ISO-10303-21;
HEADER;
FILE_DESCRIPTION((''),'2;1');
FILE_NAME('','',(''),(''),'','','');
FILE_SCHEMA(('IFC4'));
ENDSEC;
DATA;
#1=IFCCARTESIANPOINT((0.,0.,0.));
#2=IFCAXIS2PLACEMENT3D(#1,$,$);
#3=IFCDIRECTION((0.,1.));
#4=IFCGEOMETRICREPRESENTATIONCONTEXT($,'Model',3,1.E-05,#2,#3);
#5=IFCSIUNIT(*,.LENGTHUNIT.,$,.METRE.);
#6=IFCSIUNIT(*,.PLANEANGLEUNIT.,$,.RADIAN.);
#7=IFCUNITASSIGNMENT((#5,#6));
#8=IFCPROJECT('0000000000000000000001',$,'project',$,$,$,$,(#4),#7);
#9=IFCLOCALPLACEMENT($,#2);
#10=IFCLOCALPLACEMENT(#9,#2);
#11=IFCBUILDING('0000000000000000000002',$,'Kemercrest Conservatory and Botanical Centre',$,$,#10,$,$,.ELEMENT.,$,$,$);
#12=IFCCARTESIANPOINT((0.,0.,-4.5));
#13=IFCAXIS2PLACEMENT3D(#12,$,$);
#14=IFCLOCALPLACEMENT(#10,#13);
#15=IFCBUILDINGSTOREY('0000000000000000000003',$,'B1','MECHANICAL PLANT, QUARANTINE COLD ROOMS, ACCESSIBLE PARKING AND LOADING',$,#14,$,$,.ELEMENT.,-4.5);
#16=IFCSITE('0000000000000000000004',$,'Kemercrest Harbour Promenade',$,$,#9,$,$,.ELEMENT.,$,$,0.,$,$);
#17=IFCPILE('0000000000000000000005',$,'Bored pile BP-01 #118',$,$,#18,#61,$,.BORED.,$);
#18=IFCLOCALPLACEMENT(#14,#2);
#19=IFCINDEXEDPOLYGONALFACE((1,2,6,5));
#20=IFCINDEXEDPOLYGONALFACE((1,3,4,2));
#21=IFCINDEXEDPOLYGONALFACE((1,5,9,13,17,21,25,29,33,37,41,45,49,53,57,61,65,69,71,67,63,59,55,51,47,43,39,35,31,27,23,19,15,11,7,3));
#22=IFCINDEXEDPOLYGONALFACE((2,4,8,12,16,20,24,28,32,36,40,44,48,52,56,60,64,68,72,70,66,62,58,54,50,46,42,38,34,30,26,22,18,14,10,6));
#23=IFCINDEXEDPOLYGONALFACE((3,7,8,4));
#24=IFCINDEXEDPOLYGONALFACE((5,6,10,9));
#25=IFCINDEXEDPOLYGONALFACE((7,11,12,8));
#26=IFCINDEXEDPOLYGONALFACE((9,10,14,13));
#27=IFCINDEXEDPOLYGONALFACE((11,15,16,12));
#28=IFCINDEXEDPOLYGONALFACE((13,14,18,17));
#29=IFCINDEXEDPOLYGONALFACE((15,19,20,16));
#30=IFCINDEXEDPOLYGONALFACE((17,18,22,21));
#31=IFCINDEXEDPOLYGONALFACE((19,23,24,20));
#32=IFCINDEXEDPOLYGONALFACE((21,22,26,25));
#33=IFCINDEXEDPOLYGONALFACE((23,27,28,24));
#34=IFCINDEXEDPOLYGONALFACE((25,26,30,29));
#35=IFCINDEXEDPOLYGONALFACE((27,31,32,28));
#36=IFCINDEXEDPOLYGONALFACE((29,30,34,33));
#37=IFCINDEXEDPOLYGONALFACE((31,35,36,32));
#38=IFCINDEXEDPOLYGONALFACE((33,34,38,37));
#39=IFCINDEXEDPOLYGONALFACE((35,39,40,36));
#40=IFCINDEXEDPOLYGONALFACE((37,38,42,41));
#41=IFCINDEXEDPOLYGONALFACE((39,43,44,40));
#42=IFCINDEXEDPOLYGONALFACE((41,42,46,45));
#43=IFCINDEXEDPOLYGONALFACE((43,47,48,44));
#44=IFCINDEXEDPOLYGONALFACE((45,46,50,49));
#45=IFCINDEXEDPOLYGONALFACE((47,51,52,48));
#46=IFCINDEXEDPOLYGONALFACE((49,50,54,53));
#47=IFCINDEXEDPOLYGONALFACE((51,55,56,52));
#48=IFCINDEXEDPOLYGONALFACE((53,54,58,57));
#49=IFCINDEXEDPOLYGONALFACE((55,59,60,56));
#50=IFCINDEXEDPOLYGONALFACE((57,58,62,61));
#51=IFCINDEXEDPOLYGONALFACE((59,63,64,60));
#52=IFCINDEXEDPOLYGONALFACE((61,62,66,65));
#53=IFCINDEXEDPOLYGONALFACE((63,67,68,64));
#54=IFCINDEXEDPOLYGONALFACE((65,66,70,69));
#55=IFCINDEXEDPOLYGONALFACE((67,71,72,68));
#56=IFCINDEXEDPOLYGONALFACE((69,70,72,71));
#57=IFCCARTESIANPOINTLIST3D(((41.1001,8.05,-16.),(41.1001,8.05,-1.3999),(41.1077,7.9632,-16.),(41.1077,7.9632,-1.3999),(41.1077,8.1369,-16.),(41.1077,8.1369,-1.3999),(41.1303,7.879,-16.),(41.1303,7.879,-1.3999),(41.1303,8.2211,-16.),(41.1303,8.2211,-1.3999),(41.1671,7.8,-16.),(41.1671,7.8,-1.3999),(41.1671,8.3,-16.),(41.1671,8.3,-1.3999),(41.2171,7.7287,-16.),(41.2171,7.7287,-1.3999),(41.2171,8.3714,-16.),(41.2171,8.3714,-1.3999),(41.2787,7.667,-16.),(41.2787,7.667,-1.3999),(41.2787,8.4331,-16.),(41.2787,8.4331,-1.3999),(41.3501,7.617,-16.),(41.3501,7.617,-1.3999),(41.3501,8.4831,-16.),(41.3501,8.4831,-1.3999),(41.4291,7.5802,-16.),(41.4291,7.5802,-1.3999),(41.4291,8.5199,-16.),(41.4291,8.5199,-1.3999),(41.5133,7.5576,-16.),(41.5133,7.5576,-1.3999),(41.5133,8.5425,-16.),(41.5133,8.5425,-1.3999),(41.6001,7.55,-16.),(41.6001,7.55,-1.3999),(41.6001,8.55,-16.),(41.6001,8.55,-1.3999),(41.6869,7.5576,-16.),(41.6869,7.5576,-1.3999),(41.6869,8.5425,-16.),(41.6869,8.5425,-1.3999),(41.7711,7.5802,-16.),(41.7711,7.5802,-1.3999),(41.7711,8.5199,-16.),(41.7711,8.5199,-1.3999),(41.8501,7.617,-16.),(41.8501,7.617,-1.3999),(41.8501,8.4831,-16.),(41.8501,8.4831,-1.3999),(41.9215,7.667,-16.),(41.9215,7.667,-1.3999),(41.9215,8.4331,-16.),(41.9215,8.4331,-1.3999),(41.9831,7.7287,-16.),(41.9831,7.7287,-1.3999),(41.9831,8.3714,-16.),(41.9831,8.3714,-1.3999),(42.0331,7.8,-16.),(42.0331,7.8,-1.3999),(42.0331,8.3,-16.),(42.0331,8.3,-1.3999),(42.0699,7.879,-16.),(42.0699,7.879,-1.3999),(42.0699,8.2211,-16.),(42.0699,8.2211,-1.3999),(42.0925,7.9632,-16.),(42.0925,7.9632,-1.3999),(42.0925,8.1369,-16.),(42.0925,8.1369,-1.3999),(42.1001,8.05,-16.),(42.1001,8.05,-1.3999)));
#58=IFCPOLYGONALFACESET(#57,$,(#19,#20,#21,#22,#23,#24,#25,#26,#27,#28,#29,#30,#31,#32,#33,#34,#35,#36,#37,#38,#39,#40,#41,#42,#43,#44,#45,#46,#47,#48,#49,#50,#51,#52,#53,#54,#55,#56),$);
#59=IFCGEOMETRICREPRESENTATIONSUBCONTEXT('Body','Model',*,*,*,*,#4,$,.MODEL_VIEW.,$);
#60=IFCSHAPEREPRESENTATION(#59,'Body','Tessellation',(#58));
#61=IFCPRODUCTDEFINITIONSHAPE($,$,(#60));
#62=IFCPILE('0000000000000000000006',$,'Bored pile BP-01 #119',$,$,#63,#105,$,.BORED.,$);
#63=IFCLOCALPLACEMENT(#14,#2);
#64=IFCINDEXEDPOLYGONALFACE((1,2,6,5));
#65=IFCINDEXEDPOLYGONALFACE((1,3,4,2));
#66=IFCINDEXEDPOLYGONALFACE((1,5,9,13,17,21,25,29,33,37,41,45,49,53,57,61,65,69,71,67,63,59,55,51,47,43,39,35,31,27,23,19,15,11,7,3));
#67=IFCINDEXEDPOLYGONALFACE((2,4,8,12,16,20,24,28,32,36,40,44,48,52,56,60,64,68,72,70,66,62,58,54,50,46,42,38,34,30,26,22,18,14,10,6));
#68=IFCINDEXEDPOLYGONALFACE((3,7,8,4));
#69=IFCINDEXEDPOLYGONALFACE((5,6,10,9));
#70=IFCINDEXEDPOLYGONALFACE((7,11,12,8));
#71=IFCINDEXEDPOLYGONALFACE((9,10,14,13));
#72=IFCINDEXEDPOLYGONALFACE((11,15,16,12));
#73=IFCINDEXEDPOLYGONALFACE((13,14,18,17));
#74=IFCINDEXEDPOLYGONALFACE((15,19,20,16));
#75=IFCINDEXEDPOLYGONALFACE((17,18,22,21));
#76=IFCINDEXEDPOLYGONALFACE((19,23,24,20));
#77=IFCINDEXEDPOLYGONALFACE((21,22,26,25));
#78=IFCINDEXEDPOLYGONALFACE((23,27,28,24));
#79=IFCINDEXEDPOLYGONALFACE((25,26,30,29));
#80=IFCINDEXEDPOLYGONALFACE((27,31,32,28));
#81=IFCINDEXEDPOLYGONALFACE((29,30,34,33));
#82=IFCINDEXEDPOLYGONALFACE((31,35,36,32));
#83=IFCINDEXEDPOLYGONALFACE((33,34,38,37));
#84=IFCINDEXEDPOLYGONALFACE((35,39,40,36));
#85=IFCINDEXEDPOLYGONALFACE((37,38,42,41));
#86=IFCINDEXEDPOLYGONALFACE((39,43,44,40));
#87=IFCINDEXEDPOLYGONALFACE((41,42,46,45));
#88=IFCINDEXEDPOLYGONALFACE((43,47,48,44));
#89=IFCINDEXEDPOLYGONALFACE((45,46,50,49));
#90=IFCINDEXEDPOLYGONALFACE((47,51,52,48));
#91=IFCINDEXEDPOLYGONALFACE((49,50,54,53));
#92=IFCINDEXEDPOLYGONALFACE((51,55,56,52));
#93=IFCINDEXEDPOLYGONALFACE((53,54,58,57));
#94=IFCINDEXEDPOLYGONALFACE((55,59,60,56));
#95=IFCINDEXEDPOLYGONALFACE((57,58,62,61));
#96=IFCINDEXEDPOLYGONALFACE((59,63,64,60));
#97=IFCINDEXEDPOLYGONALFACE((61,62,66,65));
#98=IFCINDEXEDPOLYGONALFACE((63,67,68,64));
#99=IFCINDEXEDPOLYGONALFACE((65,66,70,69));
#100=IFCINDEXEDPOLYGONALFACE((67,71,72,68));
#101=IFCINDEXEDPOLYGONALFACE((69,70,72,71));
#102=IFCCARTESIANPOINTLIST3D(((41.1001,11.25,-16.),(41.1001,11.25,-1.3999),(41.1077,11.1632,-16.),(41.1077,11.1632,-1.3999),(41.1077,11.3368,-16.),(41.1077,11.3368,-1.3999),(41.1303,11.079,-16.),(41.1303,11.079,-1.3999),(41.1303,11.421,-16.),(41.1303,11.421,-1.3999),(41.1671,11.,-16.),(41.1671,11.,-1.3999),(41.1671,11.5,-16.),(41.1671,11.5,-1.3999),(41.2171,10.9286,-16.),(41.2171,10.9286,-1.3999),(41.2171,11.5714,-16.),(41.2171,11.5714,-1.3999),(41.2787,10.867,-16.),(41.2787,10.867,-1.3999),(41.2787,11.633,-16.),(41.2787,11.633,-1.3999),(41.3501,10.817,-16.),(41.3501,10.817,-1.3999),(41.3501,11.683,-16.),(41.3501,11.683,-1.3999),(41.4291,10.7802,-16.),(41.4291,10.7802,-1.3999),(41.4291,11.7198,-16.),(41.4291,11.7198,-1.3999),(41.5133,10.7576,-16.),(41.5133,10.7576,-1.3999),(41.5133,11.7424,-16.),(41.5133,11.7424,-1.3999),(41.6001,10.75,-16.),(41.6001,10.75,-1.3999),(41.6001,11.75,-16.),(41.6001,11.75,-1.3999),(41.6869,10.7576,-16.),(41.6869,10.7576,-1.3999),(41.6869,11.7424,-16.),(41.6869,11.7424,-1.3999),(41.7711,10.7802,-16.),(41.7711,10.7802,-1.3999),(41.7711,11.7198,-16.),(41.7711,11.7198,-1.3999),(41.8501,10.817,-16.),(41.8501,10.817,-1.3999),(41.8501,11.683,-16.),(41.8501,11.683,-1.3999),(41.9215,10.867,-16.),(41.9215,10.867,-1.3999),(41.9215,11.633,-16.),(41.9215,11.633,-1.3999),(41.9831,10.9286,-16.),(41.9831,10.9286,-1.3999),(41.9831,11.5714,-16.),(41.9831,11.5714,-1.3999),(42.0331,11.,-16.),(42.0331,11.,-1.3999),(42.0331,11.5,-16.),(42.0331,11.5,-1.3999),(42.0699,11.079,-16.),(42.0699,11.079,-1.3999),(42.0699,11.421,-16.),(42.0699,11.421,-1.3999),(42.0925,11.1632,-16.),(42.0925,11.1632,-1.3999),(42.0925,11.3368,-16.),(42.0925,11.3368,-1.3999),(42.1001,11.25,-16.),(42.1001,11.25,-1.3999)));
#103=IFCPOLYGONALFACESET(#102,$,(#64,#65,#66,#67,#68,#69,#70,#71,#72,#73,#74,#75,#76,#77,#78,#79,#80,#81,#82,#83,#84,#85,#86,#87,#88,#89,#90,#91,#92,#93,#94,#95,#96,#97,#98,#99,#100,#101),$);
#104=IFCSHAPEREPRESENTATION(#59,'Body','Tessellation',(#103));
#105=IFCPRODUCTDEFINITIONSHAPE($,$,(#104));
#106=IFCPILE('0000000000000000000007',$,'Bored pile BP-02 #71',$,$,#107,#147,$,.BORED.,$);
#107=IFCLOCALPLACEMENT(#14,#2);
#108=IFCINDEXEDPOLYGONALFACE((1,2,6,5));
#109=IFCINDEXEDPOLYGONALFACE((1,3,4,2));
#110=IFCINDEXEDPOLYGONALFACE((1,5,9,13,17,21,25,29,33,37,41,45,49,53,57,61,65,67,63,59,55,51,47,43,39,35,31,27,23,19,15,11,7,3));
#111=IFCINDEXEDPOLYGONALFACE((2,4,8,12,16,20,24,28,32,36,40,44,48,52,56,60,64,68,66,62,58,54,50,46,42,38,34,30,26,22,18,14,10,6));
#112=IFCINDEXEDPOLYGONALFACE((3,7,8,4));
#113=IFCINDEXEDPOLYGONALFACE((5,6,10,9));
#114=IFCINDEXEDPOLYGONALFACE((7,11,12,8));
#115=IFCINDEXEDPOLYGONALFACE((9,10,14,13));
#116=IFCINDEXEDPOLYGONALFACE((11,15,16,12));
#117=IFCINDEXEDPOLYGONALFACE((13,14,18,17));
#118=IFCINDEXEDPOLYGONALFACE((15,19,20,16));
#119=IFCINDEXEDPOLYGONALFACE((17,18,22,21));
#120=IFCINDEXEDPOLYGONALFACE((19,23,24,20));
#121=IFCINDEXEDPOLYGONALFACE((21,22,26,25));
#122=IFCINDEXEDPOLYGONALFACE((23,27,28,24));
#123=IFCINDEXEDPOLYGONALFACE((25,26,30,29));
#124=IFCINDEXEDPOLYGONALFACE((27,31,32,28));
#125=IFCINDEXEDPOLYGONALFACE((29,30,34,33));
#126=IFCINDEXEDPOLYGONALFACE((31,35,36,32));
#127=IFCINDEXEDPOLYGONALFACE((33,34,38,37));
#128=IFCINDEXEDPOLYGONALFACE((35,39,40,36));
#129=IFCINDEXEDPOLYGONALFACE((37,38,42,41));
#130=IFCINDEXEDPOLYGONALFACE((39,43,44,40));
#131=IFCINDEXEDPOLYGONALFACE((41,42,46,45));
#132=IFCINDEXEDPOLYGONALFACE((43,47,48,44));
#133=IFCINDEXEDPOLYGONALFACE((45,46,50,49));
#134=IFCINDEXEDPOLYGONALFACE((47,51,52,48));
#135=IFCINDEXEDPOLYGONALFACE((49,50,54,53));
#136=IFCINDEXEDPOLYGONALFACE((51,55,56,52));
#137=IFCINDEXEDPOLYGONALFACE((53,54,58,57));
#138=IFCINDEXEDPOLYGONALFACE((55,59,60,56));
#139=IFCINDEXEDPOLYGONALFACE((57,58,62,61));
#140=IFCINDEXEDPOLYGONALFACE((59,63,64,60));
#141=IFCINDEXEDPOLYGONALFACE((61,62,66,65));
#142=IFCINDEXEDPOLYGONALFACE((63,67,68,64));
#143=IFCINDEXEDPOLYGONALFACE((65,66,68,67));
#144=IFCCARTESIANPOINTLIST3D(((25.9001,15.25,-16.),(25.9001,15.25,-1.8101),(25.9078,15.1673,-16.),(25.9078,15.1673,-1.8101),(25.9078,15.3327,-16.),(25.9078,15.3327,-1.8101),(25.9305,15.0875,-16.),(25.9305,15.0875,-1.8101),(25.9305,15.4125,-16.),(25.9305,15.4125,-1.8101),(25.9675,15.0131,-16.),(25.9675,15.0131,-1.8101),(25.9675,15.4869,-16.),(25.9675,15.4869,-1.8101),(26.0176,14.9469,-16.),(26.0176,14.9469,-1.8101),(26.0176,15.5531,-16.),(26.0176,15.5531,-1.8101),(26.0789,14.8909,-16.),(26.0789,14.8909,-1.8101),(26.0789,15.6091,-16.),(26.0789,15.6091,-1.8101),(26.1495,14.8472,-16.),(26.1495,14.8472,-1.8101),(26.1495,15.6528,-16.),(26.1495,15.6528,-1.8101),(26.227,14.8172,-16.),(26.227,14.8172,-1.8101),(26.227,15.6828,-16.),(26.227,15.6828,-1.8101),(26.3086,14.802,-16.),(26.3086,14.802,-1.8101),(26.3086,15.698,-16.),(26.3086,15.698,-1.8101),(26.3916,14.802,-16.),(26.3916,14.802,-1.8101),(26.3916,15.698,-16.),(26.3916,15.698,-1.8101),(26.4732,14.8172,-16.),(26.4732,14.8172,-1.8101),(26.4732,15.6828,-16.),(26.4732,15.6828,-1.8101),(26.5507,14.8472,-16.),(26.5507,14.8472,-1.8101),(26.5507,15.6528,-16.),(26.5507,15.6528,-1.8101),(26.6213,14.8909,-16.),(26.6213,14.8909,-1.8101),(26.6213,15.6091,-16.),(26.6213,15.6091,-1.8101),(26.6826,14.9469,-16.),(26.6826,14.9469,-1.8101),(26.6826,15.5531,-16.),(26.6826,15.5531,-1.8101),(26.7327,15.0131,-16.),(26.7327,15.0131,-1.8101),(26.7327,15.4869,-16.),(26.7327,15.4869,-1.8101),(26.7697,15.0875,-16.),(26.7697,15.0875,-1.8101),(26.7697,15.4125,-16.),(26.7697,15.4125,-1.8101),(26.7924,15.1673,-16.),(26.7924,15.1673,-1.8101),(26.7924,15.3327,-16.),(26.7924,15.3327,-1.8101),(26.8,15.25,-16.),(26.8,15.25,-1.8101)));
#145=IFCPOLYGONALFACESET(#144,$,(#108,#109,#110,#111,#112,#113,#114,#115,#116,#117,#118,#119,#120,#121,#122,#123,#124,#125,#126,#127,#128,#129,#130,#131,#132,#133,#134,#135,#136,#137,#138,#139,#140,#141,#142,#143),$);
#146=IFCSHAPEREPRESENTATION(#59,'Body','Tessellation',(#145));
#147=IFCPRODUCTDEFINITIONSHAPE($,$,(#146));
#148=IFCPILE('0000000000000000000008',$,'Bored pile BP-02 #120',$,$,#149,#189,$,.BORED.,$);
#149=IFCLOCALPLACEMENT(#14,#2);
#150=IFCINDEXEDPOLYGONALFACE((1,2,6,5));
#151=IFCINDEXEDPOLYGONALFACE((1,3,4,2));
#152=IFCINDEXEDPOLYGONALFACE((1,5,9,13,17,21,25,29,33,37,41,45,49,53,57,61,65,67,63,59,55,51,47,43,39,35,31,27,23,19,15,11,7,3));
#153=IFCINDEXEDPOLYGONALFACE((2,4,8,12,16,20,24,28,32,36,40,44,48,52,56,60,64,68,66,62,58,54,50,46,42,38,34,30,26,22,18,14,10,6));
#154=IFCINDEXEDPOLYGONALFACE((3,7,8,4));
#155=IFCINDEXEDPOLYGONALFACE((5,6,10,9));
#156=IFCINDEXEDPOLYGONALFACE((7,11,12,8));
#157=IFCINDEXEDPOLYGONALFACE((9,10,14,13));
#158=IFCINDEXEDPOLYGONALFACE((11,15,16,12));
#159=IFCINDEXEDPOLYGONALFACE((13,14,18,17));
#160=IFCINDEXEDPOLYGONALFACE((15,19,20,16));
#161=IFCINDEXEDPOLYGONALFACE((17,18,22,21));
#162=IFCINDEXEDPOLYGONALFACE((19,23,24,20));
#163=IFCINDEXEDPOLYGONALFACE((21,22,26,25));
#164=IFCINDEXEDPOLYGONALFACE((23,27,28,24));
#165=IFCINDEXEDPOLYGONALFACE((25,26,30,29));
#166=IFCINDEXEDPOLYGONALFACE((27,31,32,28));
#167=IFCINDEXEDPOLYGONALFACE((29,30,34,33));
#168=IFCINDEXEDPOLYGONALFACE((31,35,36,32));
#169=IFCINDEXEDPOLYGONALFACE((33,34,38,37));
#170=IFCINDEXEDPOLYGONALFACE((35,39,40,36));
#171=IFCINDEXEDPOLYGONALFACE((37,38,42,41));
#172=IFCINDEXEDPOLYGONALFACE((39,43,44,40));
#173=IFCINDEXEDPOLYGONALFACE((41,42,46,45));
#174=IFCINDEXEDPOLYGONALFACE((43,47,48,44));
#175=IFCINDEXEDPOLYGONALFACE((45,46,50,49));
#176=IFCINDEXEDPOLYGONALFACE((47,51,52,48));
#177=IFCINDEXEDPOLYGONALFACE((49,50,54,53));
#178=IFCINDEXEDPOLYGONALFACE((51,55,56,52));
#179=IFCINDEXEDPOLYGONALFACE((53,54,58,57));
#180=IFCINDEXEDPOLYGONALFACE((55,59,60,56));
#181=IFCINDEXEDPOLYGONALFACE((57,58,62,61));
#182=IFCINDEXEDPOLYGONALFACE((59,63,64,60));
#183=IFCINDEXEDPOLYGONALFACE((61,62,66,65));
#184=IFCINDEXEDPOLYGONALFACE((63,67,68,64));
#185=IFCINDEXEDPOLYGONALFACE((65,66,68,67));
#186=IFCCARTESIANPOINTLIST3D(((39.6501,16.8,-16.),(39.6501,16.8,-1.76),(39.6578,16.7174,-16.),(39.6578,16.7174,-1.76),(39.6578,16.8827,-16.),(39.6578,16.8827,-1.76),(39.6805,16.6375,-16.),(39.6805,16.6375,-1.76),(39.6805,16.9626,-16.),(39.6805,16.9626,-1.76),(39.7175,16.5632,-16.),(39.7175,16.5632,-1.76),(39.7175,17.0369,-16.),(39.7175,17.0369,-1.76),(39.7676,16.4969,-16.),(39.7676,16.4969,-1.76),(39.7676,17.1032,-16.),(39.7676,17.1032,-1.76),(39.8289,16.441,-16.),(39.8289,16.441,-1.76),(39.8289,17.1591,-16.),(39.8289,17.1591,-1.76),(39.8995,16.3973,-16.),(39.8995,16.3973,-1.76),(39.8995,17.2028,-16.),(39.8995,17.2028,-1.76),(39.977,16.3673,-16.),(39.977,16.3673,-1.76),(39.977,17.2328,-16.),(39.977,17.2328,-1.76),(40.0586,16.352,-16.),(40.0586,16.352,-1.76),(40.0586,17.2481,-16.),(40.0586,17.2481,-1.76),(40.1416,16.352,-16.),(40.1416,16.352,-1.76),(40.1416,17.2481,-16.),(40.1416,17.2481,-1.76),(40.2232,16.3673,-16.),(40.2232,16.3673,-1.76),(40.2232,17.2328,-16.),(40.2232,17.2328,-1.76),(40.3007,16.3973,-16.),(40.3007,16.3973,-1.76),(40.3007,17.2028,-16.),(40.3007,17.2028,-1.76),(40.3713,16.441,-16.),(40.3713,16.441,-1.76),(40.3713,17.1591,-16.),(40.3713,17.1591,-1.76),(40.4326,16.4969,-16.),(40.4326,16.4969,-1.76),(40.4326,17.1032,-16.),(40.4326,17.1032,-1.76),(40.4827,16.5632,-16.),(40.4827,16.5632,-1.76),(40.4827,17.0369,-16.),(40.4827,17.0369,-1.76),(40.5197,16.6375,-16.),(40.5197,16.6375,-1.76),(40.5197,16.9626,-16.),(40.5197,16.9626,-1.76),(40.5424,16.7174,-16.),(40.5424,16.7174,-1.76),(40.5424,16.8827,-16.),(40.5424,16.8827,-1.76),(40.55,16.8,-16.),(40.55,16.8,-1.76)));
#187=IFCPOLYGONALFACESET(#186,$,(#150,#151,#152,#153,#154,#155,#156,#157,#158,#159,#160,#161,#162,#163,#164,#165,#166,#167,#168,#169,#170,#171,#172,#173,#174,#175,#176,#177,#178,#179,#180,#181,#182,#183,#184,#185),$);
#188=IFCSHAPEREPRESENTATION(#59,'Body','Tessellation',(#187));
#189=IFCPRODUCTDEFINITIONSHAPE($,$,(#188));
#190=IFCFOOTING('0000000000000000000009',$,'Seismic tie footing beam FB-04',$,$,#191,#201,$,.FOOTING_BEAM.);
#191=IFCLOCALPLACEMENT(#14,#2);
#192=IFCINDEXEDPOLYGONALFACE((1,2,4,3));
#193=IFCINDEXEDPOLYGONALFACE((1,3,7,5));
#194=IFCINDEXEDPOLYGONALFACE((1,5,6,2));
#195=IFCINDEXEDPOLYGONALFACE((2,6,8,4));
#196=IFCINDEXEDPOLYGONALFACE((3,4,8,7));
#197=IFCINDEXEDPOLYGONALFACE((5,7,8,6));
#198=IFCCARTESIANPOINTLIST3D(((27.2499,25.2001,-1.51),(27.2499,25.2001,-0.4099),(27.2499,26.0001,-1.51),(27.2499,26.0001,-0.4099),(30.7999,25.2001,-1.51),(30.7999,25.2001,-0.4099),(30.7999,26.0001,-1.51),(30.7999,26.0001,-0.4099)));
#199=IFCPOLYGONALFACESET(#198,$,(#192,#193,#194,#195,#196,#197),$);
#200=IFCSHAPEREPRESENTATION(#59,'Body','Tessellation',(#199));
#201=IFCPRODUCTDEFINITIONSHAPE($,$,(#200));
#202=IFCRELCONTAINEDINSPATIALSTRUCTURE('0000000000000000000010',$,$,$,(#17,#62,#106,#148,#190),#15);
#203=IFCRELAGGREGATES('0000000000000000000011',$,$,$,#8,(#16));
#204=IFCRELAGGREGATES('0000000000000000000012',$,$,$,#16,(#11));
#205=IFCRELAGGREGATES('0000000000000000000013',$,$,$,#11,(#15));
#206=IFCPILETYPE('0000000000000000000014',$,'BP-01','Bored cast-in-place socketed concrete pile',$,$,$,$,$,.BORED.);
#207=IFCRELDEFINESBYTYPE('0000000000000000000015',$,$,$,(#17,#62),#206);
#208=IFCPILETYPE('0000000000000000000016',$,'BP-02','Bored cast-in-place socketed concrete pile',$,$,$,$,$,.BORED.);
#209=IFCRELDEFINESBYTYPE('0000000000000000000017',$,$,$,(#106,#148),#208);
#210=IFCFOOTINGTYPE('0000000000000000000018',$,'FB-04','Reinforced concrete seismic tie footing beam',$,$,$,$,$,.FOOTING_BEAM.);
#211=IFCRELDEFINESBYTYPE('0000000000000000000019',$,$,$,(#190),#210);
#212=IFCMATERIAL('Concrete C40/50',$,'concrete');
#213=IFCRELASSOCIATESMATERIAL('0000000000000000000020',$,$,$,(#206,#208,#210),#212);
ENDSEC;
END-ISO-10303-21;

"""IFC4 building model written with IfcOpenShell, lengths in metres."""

from ifc_helpers import new_model, si_unit, direction, frame, origin, origin_2d, place, context, subcontext, project, spatial, rectangle, circle, extrude, material, material_profile, profile_set, type_object, element, save


model = new_model("IFC4")

# Units and contexts
model_context = context("Model", 3, precision=1e-05, world=origin(), true_north=direction((0.0, 1.0)))
body_context = subcontext(model_context, "Body", "Model", "MODEL_VIEW")
ifc_project = project(units=[si_unit("LENGTHUNIT", "METRE"), si_unit("PLANEANGLEUNIT", "RADIAN")], contexts=[model_context])

# Site, building, storey
site_placement = place(None, origin())
site = spatial("IfcSite", under=ifc_project, at=site_placement, Name="Kemercrest Harbour Promenade", CompositionType="ELEMENT", RefElevation=0.0)
building_placement = place(site_placement, origin())
building = spatial("IfcBuilding", under=site, at=building_placement, Name="Kemercrest Conservatory and Botanical Centre", CompositionType="ELEMENT")
storey_placement = place(building_placement, frame((0.0, 0.0, -4.5)))
storey = spatial("IfcBuildingStorey", under=building, at=storey_placement, Name="B1", Description="MECHANICAL PLANT, QUARANTINE COLD ROOMS, ACCESSIBLE PARKING AND LOADING", CompositionType="ELEMENT", Elevation=-4.5)

# Piles
ifc_material_1 = material(Name="Concrete C40/50", Category="concrete")
ifc_material_profile_1 = material_profile(ifc_material_1, circle(Radius=0.5, at=origin_2d()), Name="BORED PILE 1000")
ifc_profile_set_1 = profile_set([ifc_material_profile_1], Name="Concrete C40/50")
pile_type_1 = type_object("IfcPileType", Name="BP-01", Description="Bored cast-in-place socketed concrete pile", PredefinedType="BORED", material=ifc_profile_set_1)
for number, where, z_axis, x_axis, name in (
    (1, (41.6001, 8.05, -1.3999), (0.0, 0.0, -1.0), (1.0, 0.0, 0.0), "Bored pile BP-01 #118"),
    (2, (41.6001, 11.25, -1.3999), (0.0, 0.0, -1.0), (1.0, 0.0, 0.0), "Bored pile BP-01 #119"),
):
    element("IfcPile", number, at=place(storey_placement, frame(where, z_axis=z_axis, x_axis=x_axis)), inside=storey, type_object=pile_type_1, Name=name, PredefinedType="BORED", context=body_context, shape_type="SweptSolid", body=[
        extrude(circle(Radius=0.5, at=origin_2d()), origin(), (0.0, 0.0, 1.0), 14.6001),
    ])
ifc_material_profile_2 = material_profile(ifc_material_1, circle(Radius=0.45, at=origin_2d()), Name="BORED PILE 900")
ifc_profile_set_2 = profile_set([ifc_material_profile_2], Name="Concrete C40/50")
pile_type_2 = type_object("IfcPileType", Name="BP-02", Description="Bored cast-in-place socketed concrete pile", PredefinedType="BORED", material=ifc_profile_set_2)
pile_1_placement = place(storey_placement, frame((26.3501, 15.25, -1.8101), z_axis=(0.0, 0.0, -1.0), x_axis=(1.0, 0.0, 0.0)))
element("IfcPile", 3, at=pile_1_placement, inside=storey, type_object=pile_type_2, Name="Bored pile BP-02 #71", PredefinedType="BORED", context=body_context, shape_type="SweptSolid", body=[
    extrude(circle(Radius=0.45, at=origin_2d()), origin(), (0.0, 0.0, 1.0), 14.1899),
])
pile_2_placement = place(storey_placement, frame((40.1001, 16.8, -1.76), z_axis=(0.0, 0.0, -1.0), x_axis=(1.0, 0.0, 0.0)))
element("IfcPile", 4, at=pile_2_placement, inside=storey, type_object=pile_type_2, Name="Bored pile BP-02 #120", PredefinedType="BORED", context=body_context, shape_type="SweptSolid", body=[
    extrude(circle(Radius=0.45, at=origin_2d()), origin(), (0.0, 0.0, 1.0), 14.24),
])

# Footing
footing_type_1 = type_object("IfcFootingType", Name="FB-04", Description="Reinforced concrete seismic tie footing beam", PredefinedType="FOOTING_BEAM", material=ifc_material_1)
footing_1_placement = place(storey_placement, frame((29.0249, 25.6001, -1.51), z_axis=(0.0, 0.0, 1.0), x_axis=(1.0, 0.0, 0.0)))
element("IfcFooting", 5, at=footing_1_placement, inside=storey, type_object=footing_type_1, Name="Seismic tie footing beam FB-04", PredefinedType="FOOTING_BEAM", context=body_context, shape_type="SweptSolid", body=[
    extrude(rectangle(XDim=3.55, YDim=0.8, at=origin_2d()), origin(), (0.0, 0.0, 1.0), 1.1001),
])

save(model, "model.ifc")
